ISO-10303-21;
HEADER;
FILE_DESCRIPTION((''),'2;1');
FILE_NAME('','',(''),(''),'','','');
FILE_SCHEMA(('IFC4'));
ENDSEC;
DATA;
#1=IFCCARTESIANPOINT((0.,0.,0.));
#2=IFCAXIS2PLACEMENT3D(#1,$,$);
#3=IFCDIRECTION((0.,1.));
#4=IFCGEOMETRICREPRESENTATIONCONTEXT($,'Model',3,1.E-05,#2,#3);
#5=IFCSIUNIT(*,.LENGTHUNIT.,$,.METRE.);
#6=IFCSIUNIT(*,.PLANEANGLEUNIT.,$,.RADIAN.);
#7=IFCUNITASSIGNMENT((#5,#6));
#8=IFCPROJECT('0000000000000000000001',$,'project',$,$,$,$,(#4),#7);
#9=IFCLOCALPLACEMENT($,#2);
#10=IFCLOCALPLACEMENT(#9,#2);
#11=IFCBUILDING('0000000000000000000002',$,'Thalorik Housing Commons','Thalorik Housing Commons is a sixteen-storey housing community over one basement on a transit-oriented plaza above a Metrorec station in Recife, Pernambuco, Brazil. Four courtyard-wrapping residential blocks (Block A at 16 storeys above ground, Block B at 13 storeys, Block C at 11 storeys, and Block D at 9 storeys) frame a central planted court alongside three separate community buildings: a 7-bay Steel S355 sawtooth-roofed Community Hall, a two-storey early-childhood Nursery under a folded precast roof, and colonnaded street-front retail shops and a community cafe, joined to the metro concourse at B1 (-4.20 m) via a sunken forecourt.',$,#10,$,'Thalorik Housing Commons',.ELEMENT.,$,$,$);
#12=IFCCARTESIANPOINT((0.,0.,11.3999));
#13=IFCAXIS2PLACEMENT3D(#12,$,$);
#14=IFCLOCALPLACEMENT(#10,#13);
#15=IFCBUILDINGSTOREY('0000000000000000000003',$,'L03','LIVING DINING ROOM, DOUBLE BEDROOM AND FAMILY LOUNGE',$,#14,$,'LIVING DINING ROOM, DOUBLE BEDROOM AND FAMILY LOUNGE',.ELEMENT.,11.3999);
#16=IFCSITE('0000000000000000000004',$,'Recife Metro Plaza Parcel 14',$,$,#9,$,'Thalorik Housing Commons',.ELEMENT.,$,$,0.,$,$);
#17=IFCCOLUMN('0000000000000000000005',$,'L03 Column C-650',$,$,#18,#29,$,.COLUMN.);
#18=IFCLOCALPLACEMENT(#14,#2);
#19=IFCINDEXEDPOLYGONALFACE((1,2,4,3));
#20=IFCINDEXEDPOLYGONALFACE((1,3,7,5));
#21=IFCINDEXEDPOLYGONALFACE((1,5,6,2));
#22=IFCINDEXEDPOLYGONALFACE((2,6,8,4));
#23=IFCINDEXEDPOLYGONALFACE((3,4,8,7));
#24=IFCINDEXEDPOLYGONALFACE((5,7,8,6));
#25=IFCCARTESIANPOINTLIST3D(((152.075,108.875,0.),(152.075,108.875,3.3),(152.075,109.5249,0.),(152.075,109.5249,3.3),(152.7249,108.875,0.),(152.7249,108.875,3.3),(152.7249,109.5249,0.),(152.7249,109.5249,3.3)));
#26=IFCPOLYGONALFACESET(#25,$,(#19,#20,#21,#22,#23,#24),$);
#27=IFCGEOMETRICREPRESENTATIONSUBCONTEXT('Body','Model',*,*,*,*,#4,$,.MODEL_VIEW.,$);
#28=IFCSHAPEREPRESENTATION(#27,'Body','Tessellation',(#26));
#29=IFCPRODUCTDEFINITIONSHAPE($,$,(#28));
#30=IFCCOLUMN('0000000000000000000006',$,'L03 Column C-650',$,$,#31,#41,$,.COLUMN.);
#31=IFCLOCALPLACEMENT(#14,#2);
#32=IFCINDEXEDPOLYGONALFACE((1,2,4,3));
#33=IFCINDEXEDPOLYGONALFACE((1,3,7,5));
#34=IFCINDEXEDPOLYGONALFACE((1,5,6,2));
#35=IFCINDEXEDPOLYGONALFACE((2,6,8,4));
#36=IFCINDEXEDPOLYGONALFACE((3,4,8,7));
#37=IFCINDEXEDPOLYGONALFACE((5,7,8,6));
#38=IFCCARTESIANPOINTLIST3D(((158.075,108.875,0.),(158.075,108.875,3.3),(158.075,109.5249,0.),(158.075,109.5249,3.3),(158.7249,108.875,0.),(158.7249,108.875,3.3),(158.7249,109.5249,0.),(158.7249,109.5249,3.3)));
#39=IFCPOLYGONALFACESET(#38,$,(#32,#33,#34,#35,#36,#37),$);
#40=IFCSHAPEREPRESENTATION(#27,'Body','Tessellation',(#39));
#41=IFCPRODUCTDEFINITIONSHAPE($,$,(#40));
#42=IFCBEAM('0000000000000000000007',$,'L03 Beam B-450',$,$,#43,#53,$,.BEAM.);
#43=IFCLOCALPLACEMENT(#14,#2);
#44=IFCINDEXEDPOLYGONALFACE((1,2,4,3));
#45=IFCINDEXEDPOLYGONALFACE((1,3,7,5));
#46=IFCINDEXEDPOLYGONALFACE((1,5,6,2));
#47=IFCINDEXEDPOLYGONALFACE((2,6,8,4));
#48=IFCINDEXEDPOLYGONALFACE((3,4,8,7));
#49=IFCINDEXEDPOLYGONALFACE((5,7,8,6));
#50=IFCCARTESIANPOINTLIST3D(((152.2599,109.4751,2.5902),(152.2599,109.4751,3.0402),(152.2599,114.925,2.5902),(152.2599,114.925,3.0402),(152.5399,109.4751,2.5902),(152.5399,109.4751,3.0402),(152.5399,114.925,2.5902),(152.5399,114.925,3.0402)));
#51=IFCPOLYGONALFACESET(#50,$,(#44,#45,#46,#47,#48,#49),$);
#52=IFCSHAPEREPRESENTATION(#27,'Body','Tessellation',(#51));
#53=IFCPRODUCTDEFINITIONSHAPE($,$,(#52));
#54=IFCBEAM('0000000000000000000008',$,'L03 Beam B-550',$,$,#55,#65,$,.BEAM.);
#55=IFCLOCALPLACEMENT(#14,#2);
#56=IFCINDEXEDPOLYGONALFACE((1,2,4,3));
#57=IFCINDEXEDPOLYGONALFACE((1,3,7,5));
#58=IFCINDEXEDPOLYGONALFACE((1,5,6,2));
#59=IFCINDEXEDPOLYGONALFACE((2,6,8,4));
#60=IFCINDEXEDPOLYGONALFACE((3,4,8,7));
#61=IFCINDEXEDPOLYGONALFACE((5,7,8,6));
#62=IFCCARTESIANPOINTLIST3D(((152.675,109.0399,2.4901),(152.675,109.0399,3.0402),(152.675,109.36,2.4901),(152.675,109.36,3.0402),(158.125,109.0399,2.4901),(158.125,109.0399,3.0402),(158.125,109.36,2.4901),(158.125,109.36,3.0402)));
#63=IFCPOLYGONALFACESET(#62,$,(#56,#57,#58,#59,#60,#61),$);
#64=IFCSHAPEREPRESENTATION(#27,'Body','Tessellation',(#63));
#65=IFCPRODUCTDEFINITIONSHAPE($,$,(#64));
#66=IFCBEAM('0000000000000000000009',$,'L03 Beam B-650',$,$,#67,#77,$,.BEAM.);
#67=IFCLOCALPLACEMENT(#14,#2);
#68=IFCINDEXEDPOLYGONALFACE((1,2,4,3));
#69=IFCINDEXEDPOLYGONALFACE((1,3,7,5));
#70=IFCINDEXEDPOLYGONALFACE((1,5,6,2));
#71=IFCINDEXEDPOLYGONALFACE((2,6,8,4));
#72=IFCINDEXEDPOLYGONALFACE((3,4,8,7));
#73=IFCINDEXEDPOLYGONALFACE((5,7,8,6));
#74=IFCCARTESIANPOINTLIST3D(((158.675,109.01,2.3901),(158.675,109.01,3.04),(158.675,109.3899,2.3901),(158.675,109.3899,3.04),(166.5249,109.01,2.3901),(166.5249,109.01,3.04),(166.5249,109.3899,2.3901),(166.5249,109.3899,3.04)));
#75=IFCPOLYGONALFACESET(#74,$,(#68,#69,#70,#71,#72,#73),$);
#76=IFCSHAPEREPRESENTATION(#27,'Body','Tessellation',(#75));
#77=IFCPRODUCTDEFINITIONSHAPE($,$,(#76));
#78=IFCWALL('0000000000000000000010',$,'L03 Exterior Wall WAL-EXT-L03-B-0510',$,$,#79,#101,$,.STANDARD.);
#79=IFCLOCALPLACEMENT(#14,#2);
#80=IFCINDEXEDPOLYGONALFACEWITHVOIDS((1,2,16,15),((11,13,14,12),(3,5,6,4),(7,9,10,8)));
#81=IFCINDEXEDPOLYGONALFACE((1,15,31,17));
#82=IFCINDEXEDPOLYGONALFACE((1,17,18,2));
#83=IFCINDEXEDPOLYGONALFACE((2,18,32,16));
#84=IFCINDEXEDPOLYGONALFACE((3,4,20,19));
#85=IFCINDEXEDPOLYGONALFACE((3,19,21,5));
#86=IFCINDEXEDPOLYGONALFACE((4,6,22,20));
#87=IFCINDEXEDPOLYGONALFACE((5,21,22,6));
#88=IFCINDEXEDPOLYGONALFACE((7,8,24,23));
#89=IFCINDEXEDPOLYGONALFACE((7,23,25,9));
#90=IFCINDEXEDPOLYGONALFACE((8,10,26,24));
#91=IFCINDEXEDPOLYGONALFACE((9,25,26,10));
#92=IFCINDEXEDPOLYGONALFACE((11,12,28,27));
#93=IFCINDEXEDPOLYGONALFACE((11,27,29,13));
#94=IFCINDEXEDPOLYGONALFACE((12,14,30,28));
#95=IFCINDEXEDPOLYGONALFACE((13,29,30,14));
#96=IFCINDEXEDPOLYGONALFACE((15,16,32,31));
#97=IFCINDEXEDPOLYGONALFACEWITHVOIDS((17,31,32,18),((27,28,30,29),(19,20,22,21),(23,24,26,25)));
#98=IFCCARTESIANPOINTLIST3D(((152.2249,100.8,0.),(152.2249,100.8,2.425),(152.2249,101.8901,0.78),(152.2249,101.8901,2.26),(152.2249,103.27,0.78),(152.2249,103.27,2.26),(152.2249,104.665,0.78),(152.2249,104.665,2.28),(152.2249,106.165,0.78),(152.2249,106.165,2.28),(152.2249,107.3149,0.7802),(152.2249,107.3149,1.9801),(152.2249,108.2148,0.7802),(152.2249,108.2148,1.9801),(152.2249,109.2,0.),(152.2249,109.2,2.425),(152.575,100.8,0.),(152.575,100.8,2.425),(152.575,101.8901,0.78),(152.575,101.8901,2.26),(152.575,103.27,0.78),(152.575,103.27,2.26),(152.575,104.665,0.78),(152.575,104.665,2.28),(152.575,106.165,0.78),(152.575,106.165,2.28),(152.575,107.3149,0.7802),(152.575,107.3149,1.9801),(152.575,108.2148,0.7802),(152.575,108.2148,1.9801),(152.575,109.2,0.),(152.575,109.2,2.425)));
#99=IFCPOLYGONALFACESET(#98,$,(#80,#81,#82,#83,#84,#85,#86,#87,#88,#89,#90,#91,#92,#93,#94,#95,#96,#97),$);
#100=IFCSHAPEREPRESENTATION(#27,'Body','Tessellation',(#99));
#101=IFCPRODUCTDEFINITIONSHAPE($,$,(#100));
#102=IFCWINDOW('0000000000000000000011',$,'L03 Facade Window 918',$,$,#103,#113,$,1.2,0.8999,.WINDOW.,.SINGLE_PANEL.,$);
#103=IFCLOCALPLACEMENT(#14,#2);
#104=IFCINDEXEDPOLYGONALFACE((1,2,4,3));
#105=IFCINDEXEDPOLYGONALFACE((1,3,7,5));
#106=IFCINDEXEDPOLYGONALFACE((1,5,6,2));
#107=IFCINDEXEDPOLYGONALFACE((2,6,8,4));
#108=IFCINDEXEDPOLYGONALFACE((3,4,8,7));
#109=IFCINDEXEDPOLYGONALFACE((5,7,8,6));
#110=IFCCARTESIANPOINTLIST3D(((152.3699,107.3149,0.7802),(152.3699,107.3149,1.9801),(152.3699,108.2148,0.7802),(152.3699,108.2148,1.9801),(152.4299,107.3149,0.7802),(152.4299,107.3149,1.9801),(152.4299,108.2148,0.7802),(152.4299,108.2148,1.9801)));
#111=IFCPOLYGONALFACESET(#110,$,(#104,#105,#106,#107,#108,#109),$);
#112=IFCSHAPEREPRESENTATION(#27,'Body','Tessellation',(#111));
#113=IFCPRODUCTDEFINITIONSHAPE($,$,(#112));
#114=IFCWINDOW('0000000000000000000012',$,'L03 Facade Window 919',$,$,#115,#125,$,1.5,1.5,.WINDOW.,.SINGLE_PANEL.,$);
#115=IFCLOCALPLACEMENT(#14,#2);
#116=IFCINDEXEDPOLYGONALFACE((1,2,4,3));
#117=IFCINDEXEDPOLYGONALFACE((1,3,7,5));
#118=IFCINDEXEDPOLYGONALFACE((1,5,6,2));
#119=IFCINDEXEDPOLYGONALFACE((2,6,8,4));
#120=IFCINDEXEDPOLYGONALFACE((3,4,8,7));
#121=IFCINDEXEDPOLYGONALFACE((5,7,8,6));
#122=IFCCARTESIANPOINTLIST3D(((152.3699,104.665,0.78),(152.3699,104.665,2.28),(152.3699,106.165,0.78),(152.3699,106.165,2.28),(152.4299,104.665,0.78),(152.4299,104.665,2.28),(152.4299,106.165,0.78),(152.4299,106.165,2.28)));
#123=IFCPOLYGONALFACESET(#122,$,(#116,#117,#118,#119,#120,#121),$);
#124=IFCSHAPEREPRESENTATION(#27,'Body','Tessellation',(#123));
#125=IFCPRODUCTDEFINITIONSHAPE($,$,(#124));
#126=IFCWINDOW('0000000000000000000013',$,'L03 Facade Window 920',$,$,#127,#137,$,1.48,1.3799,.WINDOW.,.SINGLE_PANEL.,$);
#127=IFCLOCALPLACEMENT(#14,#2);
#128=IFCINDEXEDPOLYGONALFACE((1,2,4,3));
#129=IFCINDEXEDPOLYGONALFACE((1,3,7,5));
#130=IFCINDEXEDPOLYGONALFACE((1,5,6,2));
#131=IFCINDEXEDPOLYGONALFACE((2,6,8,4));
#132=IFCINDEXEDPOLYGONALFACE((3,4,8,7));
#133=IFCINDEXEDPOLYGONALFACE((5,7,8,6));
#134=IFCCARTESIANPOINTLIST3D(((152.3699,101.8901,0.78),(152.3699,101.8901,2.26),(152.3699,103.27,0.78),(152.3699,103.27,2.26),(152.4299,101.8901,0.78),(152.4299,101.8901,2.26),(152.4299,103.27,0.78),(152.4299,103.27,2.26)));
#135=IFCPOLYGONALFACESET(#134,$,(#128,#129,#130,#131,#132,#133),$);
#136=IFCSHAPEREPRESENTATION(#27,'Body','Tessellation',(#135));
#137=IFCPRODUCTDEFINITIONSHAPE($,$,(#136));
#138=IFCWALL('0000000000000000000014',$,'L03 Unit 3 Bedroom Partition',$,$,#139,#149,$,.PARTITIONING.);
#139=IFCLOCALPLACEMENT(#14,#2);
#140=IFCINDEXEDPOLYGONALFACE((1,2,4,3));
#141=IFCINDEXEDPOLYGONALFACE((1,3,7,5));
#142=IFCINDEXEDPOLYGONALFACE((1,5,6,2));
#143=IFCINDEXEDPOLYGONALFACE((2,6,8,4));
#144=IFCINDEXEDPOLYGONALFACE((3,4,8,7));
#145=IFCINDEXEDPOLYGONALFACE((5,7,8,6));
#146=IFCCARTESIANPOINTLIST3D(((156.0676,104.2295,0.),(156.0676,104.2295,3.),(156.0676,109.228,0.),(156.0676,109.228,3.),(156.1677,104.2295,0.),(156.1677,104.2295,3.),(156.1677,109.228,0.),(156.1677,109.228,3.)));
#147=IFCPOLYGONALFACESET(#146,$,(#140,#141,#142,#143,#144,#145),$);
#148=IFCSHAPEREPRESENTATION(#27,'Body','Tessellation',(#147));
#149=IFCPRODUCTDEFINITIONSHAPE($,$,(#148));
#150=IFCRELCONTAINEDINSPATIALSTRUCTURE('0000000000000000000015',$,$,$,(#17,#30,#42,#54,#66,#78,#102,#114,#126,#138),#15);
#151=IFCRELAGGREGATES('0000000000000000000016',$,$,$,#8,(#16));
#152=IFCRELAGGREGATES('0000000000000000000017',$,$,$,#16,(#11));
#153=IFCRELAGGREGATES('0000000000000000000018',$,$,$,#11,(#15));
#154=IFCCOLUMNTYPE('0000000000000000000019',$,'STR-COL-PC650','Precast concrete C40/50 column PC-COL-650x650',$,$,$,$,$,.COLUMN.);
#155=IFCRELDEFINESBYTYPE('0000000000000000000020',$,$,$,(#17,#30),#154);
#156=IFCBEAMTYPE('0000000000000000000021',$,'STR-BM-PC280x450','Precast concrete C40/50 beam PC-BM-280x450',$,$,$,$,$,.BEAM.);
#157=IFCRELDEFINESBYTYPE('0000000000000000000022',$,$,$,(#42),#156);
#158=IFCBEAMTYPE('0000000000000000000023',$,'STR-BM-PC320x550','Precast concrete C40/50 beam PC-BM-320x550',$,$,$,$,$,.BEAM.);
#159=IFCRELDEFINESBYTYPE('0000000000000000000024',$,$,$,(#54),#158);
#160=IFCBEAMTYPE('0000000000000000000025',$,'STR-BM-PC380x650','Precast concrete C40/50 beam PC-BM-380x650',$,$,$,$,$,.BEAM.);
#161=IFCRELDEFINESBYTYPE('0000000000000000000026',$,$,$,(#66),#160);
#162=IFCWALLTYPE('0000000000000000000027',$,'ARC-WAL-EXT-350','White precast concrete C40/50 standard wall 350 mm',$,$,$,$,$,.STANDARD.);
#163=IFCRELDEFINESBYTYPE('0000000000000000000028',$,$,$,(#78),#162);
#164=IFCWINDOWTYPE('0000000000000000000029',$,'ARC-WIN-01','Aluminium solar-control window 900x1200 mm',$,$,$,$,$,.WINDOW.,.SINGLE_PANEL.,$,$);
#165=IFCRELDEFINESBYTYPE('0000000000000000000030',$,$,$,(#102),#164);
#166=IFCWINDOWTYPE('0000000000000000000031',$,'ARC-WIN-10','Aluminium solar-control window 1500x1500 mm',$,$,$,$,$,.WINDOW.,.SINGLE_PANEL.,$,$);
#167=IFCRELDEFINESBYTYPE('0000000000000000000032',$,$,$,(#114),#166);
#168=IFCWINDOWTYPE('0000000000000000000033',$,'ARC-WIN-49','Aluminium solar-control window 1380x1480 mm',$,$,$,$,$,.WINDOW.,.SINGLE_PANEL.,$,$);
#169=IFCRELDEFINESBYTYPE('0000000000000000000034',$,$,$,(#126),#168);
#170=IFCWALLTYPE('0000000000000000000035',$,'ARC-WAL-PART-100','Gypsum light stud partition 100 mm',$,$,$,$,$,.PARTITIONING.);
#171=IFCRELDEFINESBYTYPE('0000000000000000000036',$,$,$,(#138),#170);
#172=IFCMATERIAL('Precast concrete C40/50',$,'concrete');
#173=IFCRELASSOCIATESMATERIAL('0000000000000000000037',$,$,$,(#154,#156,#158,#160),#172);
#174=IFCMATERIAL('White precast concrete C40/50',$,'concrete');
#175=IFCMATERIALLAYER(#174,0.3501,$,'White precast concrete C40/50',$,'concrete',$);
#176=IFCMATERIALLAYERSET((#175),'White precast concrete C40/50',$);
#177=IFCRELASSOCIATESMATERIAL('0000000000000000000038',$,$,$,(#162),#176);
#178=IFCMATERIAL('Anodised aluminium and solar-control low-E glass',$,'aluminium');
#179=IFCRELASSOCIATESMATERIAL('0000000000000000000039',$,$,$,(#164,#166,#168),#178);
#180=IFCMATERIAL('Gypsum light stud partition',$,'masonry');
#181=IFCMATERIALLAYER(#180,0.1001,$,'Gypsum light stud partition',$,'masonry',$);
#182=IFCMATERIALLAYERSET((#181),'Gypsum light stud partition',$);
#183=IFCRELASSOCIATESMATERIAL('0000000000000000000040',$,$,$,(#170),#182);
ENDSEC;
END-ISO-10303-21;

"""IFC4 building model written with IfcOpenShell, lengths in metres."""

from ifc_helpers import new_model, si_unit, direction, frame, frame_2d, origin, origin_2d, place, context, subcontext, project, spatial, rectangle, extrude, material, layer, layer_set, material_profile, profile_set, type_object, element, fill, save


model = new_model("IFC4")

# Units and contexts
model_context = context("Model", 3, precision=1e-05, world=origin(), true_north=direction((0.0, 1.0)))
body_context = subcontext(model_context, "Body", "Model", "MODEL_VIEW")
ifc_project = project(units=[si_unit("LENGTHUNIT", "METRE"), si_unit("PLANEANGLEUNIT", "RADIAN")], contexts=[model_context])

# Site, building, storey
site_placement = place(None, origin())
site = spatial("IfcSite", under=ifc_project, at=site_placement, Name="Recife Metro Plaza Parcel 14", LongName="Thalorik Housing Commons", CompositionType="ELEMENT", RefElevation=0.0)
building_placement = place(site_placement, origin())
building = spatial("IfcBuilding", under=site, at=building_placement, Name="Thalorik Housing Commons", Description="Thalorik Housing Commons is a sixteen-storey housing community over one basement on a transit-oriented plaza above a Metrorec station in Recife, Pernambuco, Brazil. Four courtyard-wrapping residential blocks (Block A at 16 storeys above ground, Block B at 13 storeys, Block C at 11 storeys, and Block D at 9 storeys) frame a central planted court alongside three separate community buildings: a 7-bay Steel S355 sawtooth-roofed Community Hall, a two-storey early-childhood Nursery under a folded precast roof, and colonnaded street-front retail shops and a community cafe, joined to the metro concourse at B1 (-4.20 m) via a sunken forecourt.", LongName="Thalorik Housing Commons", CompositionType="ELEMENT")
storey_placement = place(building_placement, frame((0.0, 0.0, 11.3999)))
storey = spatial("IfcBuildingStorey", under=building, at=storey_placement, Name="L03", Description="LIVING DINING ROOM, DOUBLE BEDROOM AND FAMILY LOUNGE", LongName="LIVING DINING ROOM, DOUBLE BEDROOM AND FAMILY LOUNGE", CompositionType="ELEMENT", Elevation=11.3999)

# Columns
ifc_material_1 = material(Name="Precast concrete C40/50", Category="concrete")
ifc_material_profile_1 = material_profile(ifc_material_1, rectangle(XDim=0.6499, YDim=0.6499, at=origin_2d()), Name="PC 650x650", Category="concrete")
ifc_profile_set_1 = profile_set([ifc_material_profile_1], Name="Precast concrete C40/50")
column_type = type_object("IfcColumnType", Name="STR-COL-PC650", Description="Precast concrete C40/50 column PC-COL-650x650", PredefinedType="COLUMN", material=ifc_profile_set_1)
for number, where, z_axis, x_axis, name in (
    (1, (152.3999, 109.2, 0.0), (0.0, 0.0, 1.0), (1.0, 0.0, 0.0), "L03 Column C-650"),
    (2, (158.3999, 109.2, 0.0), (0.0, 0.0, 1.0), (1.0, 0.0, 0.0), "L03 Column C-650"),
):
    element("IfcColumn", number, at=place(storey_placement, frame(where, z_axis=z_axis, x_axis=x_axis)), inside=storey, type_object=column_type, Name=name, PredefinedType="COLUMN", context=body_context, shape_type="SweptSolid", body=[
        extrude(rectangle(XDim=0.6499, YDim=0.6499, at=origin_2d()), origin(), (0.0, 0.0, 1.0), 3.3),
    ])

# Beams
ifc_material_profile_2 = material_profile(ifc_material_1, rectangle(XDim=0.28, YDim=0.45, at=origin_2d()), Name="PC 280x450", Category="concrete")
ifc_profile_set_2 = profile_set([ifc_material_profile_2], Name="Precast concrete C40/50")
beam_type_1 = type_object("IfcBeamType", Name="STR-BM-PC280x450", Description="Precast concrete C40/50 beam PC-BM-280x450", PredefinedType="BEAM", material=ifc_profile_set_2)
beam_1_placement = place(storey_placement, frame((152.3999, 109.4751, 2.8152), z_axis=(0.0, 1.0, 0.0), x_axis=(-1.0, 0.0, 0.0)))
element("IfcBeam", 3, at=beam_1_placement, inside=storey, type_object=beam_type_1, Name="L03 Beam B-450", PredefinedType="BEAM", context=body_context, shape_type="SweptSolid", body=[
    extrude(rectangle(XDim=0.28, YDim=0.45, at=origin_2d()), origin(), (0.0, 0.0, 1.0), 5.45),
])
ifc_material_profile_3 = material_profile(ifc_material_1, rectangle(XDim=0.3201, YDim=0.55, at=origin_2d()), Name="PC 320x550", Category="concrete")
ifc_profile_set_3 = profile_set([ifc_material_profile_3], Name="Precast concrete C40/50")
beam_type_2 = type_object("IfcBeamType", Name="STR-BM-PC320x550", Description="Precast concrete C40/50 beam PC-BM-320x550", PredefinedType="BEAM", material=ifc_profile_set_3)
beam_2_placement = place(storey_placement, frame((152.675, 109.2, 2.7651), z_axis=(1.0, 0.0, 0.0), x_axis=(0.0, 1.0, 0.0)))
element("IfcBeam", 4, at=beam_2_placement, inside=storey, type_object=beam_type_2, Name="L03 Beam B-550", PredefinedType="BEAM", context=body_context, shape_type="SweptSolid", body=[
    extrude(rectangle(XDim=0.3201, YDim=0.55, at=origin_2d()), origin(), (0.0, 0.0, 1.0), 5.45),
])
ifc_material_profile_4 = material_profile(ifc_material_1, rectangle(XDim=0.3799, YDim=0.6499, at=origin_2d()), Name="PC 380x650", Category="concrete")
ifc_profile_set_4 = profile_set([ifc_material_profile_4], Name="Precast concrete C40/50")
beam_type_3 = type_object("IfcBeamType", Name="STR-BM-PC380x650", Description="Precast concrete C40/50 beam PC-BM-380x650", PredefinedType="BEAM", material=ifc_profile_set_4)
beam_3_placement = place(storey_placement, frame((158.675, 109.2, 2.7151), z_axis=(1.0, 0.0, 0.0), x_axis=(0.0, 1.0, 0.0)))
element("IfcBeam", 5, at=beam_3_placement, inside=storey, type_object=beam_type_3, Name="L03 Beam B-650", PredefinedType="BEAM", context=body_context, shape_type="SweptSolid", body=[
    extrude(rectangle(XDim=0.3799, YDim=0.6499, at=origin_2d()), origin(), (0.0, 0.0, 1.0), 7.8499),
])

# Wall, openings, windows
ifc_material_2 = material(Name="White precast concrete C40/50", Category="concrete")
ifc_layer_1 = layer(ifc_material_2, 0.3501, Name="White precast concrete C40/50", Category="concrete")
ifc_layer_set_1 = layer_set([ifc_layer_1], Name="White precast concrete C40/50")
wall_type_1 = type_object("IfcWallType", Name="ARC-WAL-EXT-350", Description="White precast concrete C40/50 standard wall 350 mm", PredefinedType="STANDARD", material=ifc_layer_set_1)
wall_1_placement = place(storey_placement, frame((152.3999, 109.2, 0.0), z_axis=(0.0, 0.0, 1.0), x_axis=(0.0, -1.0, 0.0)))
wall_1 = element("IfcWall", 6, at=wall_1_placement, inside=storey, type_object=wall_type_1, Name="L03 Exterior Wall WAL-EXT-L03-B-0510", PredefinedType="STANDARD", context=body_context, shape_type="SweptSolid", body=[
    extrude(rectangle(XDim=8.3999, YDim=0.3501, at=frame_2d((4.2, 0.0))), origin(), (0.0, 0.0, 1.0), 2.425),
])
opening_1_placement = place(wall_1_placement, frame((0.9851, 0.0, 0.78)))
opening_1 = element("IfcOpeningElement", 7, at=opening_1_placement, cuts=wall_1, PredefinedType="OPENING", context=body_context, shape_type="SweptSolid", body=[
    extrude(rectangle(XDim=0.8999, YDim=1.2, at=frame_2d((0.45, 0.6001))), frame((0.0, 0.1851, 0.0), z_axis=(0.0, -1.0, 0.0), x_axis=(1.0, 0.0, 0.0)), (0.0, 0.0, 1.0), 0.3701),
])
opening_2_placement = place(wall_1_placement, frame((3.0349, 0.0, 0.78)))
opening_2 = element("IfcOpeningElement", 8, at=opening_2_placement, cuts=wall_1, PredefinedType="OPENING", context=body_context, shape_type="SweptSolid", body=[
    extrude(rectangle(XDim=1.5, YDim=1.5, at=frame_2d((0.75, 0.75))), frame((0.0, 0.1851, 0.0), z_axis=(0.0, -1.0, 0.0), x_axis=(1.0, 0.0, 0.0)), (0.0, 0.0, 1.0), 0.3701),
])
opening_3_placement = place(wall_1_placement, frame((5.9299, 0.0, 0.78)))
opening_3 = element("IfcOpeningElement", 9, at=opening_3_placement, cuts=wall_1, PredefinedType="OPENING", context=body_context, shape_type="SweptSolid", body=[
    extrude(rectangle(XDim=1.3799, YDim=1.48, at=frame_2d((0.6899, 0.74))), frame((0.0, 0.1851, 0.0), z_axis=(0.0, -1.0, 0.0), x_axis=(1.0, 0.0, 0.0)), (0.0, 0.0, 1.0), 0.3701),
])
ifc_material_3 = material(Name="Anodised aluminium and solar-control low-E glass", Category="aluminium")
window_type_1 = type_object("IfcWindowType", Name="ARC-WIN-01", Description="Aluminium solar-control window 900x1200 mm", PartitioningType="SINGLE_PANEL", PredefinedType="WINDOW", material=ifc_material_3)
window_1_placement = place(opening_1_placement, origin())
window_1 = element("IfcWindow", 10, at=window_1_placement, inside=storey, type_object=window_type_1, Name="L03 Facade Window 918", OverallHeight=1.2, OverallWidth=0.8999, PartitioningType="SINGLE_PANEL", PredefinedType="WINDOW", context=body_context, shape_type="SweptSolid", body=[
    extrude(rectangle(XDim=0.8999, YDim=1.2, at=frame_2d((0.45, 0.6001))), frame((0.0, 0.03, 0.0), z_axis=(0.0, -1.0, 0.0), x_axis=(1.0, 0.0, 0.0)), (0.0, 0.0, 1.0), 0.0601),
])
fill(opening_1, window_1)
window_type_2 = type_object("IfcWindowType", Name="ARC-WIN-10", Description="Aluminium solar-control window 1500x1500 mm", PartitioningType="SINGLE_PANEL", PredefinedType="WINDOW", material=ifc_material_3)
window_2_placement = place(opening_2_placement, origin())
window_2 = element("IfcWindow", 11, at=window_2_placement, inside=storey, type_object=window_type_2, Name="L03 Facade Window 919", OverallHeight=1.5, OverallWidth=1.5, PartitioningType="SINGLE_PANEL", PredefinedType="WINDOW", context=body_context, shape_type="SweptSolid", body=[
    extrude(rectangle(XDim=1.5, YDim=1.5, at=frame_2d((0.75, 0.75))), frame((0.0, 0.03, 0.0), z_axis=(0.0, -1.0, 0.0), x_axis=(1.0, 0.0, 0.0)), (0.0, 0.0, 1.0), 0.0601),
])
fill(opening_2, window_2)
window_type_3 = type_object("IfcWindowType", Name="ARC-WIN-49", Description="Aluminium solar-control window 1380x1480 mm", PartitioningType="SINGLE_PANEL", PredefinedType="WINDOW", material=ifc_material_3)
window_3_placement = place(opening_3_placement, origin())
window_3 = element("IfcWindow", 12, at=window_3_placement, inside=storey, type_object=window_type_3, Name="L03 Facade Window 920", OverallHeight=1.48, OverallWidth=1.3799, PartitioningType="SINGLE_PANEL", PredefinedType="WINDOW", context=body_context, shape_type="SweptSolid", body=[
    extrude(rectangle(XDim=1.3799, YDim=1.48, at=frame_2d((0.6899, 0.74))), frame((0.0, 0.03, 0.0), z_axis=(0.0, -1.0, 0.0), x_axis=(1.0, 0.0, 0.0)), (0.0, 0.0, 1.0), 0.0601),
])
fill(opening_3, window_3)

# Wall
ifc_material_4 = material(Name="Gypsum light stud partition", Category="masonry")
ifc_layer_2 = layer(ifc_material_4, 0.1001, Name="Gypsum light stud partition", Category="masonry")
ifc_layer_set_2 = layer_set([ifc_layer_2], Name="Gypsum light stud partition")
wall_type_2 = type_object("IfcWallType", Name="ARC-WAL-PART-100", Description="Gypsum light stud partition 100 mm", PredefinedType="PARTITIONING", material=ifc_layer_set_2)
wall_2_placement = place(storey_placement, frame((156.1177, 104.2295, 0.0), z_axis=(0.0, 0.0, 1.0), x_axis=(0.0, 1.0, 0.0)))
element("IfcWall", 13, at=wall_2_placement, inside=storey, type_object=wall_type_2, Name="L03 Unit 3 Bedroom Partition", PredefinedType="PARTITIONING", context=body_context, shape_type="SweptSolid", body=[
    extrude(rectangle(XDim=4.9985, YDim=0.1001, at=frame_2d((2.4993, 0.0))), origin(), (0.0, 0.0, 1.0), 3.0),
])

save(model, "model.ifc")
